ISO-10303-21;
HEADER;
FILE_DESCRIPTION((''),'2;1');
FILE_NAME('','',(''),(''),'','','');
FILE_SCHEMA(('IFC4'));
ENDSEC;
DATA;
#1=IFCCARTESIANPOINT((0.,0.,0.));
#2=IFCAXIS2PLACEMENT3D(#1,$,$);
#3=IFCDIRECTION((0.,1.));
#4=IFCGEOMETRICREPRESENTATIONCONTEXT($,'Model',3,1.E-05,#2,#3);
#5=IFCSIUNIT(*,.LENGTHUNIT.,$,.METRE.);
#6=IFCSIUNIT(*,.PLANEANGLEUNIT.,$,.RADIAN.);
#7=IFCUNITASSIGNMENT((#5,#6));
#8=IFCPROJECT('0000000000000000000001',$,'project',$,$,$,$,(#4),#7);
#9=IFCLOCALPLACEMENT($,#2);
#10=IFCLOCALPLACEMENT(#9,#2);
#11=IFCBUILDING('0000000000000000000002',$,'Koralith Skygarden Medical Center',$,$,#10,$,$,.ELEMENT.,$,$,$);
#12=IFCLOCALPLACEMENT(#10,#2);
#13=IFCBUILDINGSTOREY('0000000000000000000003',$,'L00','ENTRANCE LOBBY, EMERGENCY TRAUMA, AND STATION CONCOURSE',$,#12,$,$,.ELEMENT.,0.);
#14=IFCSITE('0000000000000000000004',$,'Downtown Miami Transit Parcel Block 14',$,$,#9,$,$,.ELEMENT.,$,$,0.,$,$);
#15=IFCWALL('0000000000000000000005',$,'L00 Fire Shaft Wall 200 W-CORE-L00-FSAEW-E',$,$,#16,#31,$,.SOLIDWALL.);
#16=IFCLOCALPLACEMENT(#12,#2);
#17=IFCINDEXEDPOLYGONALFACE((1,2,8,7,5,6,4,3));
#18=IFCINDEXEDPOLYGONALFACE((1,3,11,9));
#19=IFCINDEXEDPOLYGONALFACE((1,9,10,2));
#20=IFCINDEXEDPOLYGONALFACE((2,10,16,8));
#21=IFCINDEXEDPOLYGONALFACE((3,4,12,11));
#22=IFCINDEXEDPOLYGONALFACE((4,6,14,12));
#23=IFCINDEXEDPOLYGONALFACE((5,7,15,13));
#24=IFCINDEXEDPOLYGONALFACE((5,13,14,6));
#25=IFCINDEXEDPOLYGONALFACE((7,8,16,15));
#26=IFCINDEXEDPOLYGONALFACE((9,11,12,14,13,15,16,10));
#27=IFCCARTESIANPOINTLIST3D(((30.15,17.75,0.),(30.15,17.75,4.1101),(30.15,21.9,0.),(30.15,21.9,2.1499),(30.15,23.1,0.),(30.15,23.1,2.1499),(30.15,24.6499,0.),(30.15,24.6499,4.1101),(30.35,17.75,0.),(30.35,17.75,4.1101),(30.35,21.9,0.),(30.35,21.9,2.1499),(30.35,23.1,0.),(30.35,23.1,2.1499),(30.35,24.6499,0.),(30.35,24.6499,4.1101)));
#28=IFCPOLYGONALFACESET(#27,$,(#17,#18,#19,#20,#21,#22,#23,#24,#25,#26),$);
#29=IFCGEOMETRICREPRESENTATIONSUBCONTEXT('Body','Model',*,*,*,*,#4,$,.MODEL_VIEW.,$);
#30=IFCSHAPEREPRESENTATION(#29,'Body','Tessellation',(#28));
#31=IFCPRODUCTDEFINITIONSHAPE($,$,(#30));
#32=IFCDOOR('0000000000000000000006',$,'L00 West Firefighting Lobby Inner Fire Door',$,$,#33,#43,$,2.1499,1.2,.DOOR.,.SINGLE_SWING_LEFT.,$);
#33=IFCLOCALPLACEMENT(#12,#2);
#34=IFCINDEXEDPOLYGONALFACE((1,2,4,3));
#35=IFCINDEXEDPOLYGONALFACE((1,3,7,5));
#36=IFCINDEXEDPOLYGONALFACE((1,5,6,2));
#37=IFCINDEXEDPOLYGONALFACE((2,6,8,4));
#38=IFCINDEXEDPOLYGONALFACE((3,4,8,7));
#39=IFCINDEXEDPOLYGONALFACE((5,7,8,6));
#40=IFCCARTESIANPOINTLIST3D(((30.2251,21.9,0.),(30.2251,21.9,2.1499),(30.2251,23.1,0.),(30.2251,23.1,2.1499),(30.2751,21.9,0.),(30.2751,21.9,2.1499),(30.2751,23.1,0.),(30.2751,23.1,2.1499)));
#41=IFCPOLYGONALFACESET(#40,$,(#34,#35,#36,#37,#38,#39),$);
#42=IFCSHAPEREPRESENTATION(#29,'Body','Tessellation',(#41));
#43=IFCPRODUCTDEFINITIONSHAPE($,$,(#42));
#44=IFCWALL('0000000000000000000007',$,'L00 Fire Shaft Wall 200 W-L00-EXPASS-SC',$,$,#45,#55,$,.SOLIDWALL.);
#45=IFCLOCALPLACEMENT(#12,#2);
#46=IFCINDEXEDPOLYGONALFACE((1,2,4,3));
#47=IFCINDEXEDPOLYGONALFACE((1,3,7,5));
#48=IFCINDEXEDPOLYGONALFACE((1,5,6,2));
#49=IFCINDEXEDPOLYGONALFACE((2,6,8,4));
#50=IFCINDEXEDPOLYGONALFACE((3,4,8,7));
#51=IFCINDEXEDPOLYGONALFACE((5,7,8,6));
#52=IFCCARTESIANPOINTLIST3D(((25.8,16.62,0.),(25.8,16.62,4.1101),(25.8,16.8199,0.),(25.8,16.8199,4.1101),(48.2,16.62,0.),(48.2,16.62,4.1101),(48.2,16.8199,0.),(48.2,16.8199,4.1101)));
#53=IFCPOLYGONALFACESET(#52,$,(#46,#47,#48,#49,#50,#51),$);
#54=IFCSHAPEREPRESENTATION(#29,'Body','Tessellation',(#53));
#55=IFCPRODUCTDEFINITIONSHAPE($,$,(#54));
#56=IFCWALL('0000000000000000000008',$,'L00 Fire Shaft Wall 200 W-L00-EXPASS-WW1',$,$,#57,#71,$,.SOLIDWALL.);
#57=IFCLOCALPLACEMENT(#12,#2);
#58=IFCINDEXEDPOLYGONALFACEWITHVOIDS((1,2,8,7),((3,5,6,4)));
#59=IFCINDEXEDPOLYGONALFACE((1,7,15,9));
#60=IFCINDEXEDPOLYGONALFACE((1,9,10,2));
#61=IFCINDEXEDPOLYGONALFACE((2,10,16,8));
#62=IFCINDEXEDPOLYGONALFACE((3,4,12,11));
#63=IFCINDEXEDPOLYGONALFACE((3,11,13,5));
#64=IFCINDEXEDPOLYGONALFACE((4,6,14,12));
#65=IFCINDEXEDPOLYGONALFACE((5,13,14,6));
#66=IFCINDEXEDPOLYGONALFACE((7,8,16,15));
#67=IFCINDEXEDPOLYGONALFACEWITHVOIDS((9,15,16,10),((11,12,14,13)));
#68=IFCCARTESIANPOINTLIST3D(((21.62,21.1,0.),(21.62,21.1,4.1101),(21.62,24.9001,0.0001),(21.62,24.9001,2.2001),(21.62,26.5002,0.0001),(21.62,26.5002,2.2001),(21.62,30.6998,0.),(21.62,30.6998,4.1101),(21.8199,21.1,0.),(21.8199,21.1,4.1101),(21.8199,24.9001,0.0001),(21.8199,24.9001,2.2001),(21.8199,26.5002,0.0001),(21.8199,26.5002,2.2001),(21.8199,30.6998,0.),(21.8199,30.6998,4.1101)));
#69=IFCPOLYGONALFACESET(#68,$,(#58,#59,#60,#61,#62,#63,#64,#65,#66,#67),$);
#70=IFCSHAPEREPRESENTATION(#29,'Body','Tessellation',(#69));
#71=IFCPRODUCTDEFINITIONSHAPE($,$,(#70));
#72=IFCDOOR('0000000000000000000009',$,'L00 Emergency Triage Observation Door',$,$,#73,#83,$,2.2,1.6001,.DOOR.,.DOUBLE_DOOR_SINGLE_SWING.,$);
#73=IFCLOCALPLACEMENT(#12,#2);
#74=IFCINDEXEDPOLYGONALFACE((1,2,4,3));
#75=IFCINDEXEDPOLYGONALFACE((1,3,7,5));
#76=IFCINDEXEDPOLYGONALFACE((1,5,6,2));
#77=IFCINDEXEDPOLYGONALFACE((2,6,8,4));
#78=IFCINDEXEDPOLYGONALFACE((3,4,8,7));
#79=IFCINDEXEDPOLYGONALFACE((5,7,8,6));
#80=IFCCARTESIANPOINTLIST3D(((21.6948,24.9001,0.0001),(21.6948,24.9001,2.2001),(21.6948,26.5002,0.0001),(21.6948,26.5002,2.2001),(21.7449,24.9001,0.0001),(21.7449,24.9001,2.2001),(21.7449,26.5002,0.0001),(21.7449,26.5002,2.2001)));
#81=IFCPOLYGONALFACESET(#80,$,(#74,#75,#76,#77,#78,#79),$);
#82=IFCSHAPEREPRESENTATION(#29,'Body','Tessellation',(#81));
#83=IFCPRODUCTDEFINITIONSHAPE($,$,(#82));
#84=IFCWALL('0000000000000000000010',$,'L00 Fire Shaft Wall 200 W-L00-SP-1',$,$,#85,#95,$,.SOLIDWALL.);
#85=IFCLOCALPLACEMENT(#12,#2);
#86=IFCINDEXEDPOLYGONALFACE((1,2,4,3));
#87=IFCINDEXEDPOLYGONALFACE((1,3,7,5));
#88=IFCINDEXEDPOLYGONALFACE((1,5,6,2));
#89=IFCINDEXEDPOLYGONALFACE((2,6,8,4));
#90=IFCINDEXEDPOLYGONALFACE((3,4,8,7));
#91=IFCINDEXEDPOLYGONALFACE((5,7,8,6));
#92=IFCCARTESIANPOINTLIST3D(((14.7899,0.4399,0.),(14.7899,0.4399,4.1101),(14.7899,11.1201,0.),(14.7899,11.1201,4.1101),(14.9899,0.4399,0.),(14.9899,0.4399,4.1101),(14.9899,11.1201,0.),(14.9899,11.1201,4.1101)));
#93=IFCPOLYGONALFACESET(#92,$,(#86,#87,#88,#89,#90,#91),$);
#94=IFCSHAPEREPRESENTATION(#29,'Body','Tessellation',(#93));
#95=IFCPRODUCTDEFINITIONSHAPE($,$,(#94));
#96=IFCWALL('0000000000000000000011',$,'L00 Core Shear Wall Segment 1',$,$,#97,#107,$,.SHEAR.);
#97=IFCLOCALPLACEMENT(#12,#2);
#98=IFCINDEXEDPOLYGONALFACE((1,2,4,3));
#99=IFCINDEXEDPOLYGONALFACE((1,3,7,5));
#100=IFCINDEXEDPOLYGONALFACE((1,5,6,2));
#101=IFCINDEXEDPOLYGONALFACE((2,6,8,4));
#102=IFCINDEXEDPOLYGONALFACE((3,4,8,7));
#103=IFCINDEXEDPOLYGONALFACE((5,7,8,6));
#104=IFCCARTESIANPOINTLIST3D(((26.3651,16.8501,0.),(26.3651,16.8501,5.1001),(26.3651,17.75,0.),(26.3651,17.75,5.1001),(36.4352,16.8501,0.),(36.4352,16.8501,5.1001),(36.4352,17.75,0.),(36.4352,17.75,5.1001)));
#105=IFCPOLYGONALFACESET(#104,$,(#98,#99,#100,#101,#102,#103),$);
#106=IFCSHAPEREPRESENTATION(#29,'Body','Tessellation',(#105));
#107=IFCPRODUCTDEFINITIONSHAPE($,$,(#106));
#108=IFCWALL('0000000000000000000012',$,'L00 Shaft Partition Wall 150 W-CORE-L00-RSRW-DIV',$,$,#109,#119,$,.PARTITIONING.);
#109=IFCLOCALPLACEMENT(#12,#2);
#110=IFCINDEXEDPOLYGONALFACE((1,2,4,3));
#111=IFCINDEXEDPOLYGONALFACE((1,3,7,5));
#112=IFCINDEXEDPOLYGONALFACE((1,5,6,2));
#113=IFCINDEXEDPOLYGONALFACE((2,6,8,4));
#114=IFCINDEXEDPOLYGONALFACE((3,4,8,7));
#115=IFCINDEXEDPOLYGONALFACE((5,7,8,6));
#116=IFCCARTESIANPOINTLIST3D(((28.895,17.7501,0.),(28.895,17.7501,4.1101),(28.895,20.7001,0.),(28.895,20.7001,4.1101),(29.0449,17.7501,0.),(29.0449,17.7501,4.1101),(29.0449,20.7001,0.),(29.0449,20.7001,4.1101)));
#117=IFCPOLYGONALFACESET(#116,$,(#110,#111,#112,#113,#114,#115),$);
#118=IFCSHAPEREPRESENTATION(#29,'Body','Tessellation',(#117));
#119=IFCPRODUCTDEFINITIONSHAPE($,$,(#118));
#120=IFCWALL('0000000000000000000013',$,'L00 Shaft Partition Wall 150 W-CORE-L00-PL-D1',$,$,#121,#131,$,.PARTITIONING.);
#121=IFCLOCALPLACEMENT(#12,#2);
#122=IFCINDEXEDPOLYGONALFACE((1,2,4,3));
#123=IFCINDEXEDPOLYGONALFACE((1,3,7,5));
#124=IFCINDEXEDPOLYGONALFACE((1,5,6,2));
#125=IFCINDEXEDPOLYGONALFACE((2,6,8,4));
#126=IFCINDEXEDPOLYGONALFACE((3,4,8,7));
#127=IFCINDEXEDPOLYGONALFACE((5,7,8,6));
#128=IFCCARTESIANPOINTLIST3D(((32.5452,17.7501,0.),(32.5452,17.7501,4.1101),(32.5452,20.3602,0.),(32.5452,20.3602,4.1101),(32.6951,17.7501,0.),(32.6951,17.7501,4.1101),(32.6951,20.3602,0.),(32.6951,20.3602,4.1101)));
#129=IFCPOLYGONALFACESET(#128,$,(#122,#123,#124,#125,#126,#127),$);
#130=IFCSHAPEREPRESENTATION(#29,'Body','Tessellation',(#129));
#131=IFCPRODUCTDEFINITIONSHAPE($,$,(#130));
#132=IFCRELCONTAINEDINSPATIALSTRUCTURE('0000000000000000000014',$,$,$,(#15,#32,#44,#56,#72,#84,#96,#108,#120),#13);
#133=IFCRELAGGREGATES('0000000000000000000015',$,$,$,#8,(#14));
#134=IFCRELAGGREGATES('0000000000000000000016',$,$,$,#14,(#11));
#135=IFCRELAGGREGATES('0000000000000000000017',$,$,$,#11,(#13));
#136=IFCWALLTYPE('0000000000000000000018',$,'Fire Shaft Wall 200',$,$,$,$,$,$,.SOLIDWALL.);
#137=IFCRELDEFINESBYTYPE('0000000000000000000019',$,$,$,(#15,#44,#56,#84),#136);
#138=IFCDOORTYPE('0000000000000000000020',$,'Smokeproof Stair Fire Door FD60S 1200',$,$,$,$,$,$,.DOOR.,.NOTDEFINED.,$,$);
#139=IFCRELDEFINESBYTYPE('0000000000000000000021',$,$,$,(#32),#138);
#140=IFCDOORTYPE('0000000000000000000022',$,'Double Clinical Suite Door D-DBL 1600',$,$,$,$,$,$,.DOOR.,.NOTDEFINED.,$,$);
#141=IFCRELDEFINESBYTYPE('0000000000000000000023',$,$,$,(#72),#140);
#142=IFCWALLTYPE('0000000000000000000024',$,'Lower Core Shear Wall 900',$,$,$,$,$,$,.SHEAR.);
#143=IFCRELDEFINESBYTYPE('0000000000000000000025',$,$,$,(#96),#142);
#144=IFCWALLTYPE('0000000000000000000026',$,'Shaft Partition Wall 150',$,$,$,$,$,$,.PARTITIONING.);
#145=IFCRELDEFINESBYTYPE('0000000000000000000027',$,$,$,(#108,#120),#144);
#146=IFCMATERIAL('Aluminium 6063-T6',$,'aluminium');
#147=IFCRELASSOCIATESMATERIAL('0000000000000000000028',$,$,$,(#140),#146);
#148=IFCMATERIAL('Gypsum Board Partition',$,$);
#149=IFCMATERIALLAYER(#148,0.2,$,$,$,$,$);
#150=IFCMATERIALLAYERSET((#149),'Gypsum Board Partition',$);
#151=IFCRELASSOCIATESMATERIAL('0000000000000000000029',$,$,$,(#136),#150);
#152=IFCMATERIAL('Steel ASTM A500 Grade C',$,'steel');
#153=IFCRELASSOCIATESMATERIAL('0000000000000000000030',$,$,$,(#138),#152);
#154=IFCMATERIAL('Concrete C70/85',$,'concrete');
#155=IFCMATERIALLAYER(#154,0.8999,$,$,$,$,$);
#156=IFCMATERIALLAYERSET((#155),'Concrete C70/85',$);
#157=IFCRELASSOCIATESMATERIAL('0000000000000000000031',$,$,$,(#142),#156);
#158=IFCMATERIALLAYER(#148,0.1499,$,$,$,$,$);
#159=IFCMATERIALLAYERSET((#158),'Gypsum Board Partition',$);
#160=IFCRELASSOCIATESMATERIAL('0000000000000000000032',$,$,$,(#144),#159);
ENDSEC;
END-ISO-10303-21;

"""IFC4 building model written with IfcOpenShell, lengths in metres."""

from ifc_helpers import new_model, si_unit, direction, frame, frame_2d, origin, place, context, subcontext, project, spatial, rectangle, extrude, material, layer, layer_set, type_object, element, fill, save


model = new_model("IFC4")

# Units and contexts
model_context = context("Model", 3, precision=1e-05, world=origin(), true_north=direction((0.0, 1.0)))
body_context = subcontext(model_context, "Body", "Model", "MODEL_VIEW")
ifc_project = project(units=[si_unit("LENGTHUNIT", "METRE"), si_unit("PLANEANGLEUNIT", "RADIAN")], contexts=[model_context])

# Site, building, storey
site_placement = place(None, origin())
site = spatial("IfcSite", under=ifc_project, at=site_placement, Name="Downtown Miami Transit Parcel Block 14", CompositionType="ELEMENT", RefElevation=0.0)
building_placement = place(site_placement, origin())
building = spatial("IfcBuilding", under=site, at=building_placement, Name="Koralith Skygarden Medical Center", CompositionType="ELEMENT")
storey_placement = place(building_placement, origin())
storey = spatial("IfcBuildingStorey", under=building, at=storey_placement, Name="L00", Description="ENTRANCE LOBBY, EMERGENCY TRAUMA, AND STATION CONCOURSE", CompositionType="ELEMENT", Elevation=0.0)

# Shared definitions
ifc_material_1 = material(Name="Concrete C70/85", Category="concrete")

# Shared definitions
ifc_material_2 = material(Name="Gypsum Board Partition")

# Wall, opening, door
ifc_material_3 = material(Name="Aluminium 6063-T6", Category="aluminium")
door_type_1 = type_object("IfcDoorType", Name="Double Clinical Suite Door D-DBL 1600", OperationType="NOTDEFINED", PredefinedType="DOOR", material=ifc_material_3)
ifc_layer_1 = layer(ifc_material_2, 0.2)
ifc_layer_set_1 = layer_set([ifc_layer_1], Name="Gypsum Board Partition")
wall_type_1 = type_object("IfcWallType", Name="Fire Shaft Wall 200", PredefinedType="SOLIDWALL", material=ifc_layer_set_1)
ifc_material_4 = material(Name="Steel ASTM A500 Grade C", Category="steel")
wall_1_placement = place(storey_placement, frame((30.25, 17.75, 0.0), z_axis=(0.0, 0.0, 1.0), x_axis=(0.0, 1.0, 0.0)))
wall_1 = element("IfcWall", 1, at=wall_1_placement, inside=storey, type_object=wall_type_1, Name="L00 Fire Shaft Wall 200 W-CORE-L00-FSAEW-E", PredefinedType="SOLIDWALL", context=body_context, shape_type="SweptSolid", body=[
    extrude(rectangle(XDim=6.8999, YDim=0.2, at=frame_2d((3.45, 0.0))), origin(), (0.0, 0.0, 1.0), 4.1101),
])
opening_1_placement = place(wall_1_placement, frame((4.1499, 0.0, 0.0)))
opening_1 = element("IfcOpeningElement", 2, at=opening_1_placement, cuts=wall_1, PredefinedType="OPENING", context=body_context, shape_type="SweptSolid", body=[
    extrude(rectangle(XDim=1.2, YDim=2.1499, at=frame_2d((0.6001, 1.075))), frame((0.0, 0.1099, 0.0), z_axis=(0.0, -1.0, 0.0), x_axis=(1.0, 0.0, 0.0)), (0.0, 0.0, 1.0), 0.22),
])
door_type_2 = type_object("IfcDoorType", Name="Smokeproof Stair Fire Door FD60S 1200", OperationType="NOTDEFINED", PredefinedType="DOOR", material=ifc_material_4)
door_1_placement = place(opening_1_placement, origin())
door_1 = element("IfcDoor", 3, at=door_1_placement, inside=storey, type_object=door_type_2, Name="L00 West Firefighting Lobby Inner Fire Door", OperationType="SINGLE_SWING_LEFT", OverallHeight=2.1499, OverallWidth=1.2, PredefinedType="DOOR", context=body_context, shape_type="SweptSolid", body=[
    extrude(rectangle(XDim=1.2, YDim=2.1499, at=frame_2d((0.6001, 1.075))), frame((0.0, 0.0249, 0.0), z_axis=(0.0, -1.0, 0.0), x_axis=(1.0, 0.0, 0.0)), (0.0, 0.0, 1.0), 0.05),
])
fill(opening_1, door_1)

# Wall
wall_2_placement = place(storey_placement, frame((25.8, 16.72, 0.0), z_axis=(0.0, 0.0, 1.0), x_axis=(1.0, 0.0, 0.0)))
element("IfcWall", 4, at=wall_2_placement, inside=storey, type_object=wall_type_1, Name="L00 Fire Shaft Wall 200 W-L00-EXPASS-SC", PredefinedType="SOLIDWALL", context=body_context, shape_type="SweptSolid", body=[
    extrude(rectangle(XDim=22.3999, YDim=0.2, at=frame_2d((11.2, 0.0))), origin(), (0.0, 0.0, 1.0), 4.1101),
])

# Wall, opening, door
wall_3_placement = place(storey_placement, frame((21.72, 21.1001, 0.0), z_axis=(0.0, 0.0, 1.0), x_axis=(0.0, 1.0, 0.0)))
wall_3 = element("IfcWall", 5, at=wall_3_placement, inside=storey, type_object=wall_type_1, Name="L00 Fire Shaft Wall 200 W-L00-EXPASS-WW1", PredefinedType="SOLIDWALL", context=body_context, shape_type="SweptSolid", body=[
    extrude(rectangle(XDim=9.5999, YDim=0.2, at=frame_2d((4.7998, 0.0))), origin(), (0.0, 0.0, 1.0), 4.1101),
])
opening_2_placement = place(wall_3_placement, frame((3.8, 0.0, 0.0)))
opening_2 = element("IfcOpeningElement", 6, at=opening_2_placement, cuts=wall_3, PredefinedType="OPENING", context=body_context, shape_type="SweptSolid", body=[
    extrude(rectangle(XDim=1.6001, YDim=2.2, at=frame_2d((0.8, 1.1001))), frame((0.0, 0.1099, 0.0), z_axis=(0.0, -1.0, 0.0), x_axis=(1.0, 0.0, 0.0)), (0.0, 0.0, 1.0), 0.22),
])
door_2_placement = place(opening_2_placement, frame((1.6001, 0.0, 0.0), z_axis=(0.0, 0.0, 1.0), x_axis=(-1.0, 0.0, 0.0)))
door_2 = element("IfcDoor", 7, at=door_2_placement, inside=storey, type_object=door_type_1, Name="L00 Emergency Triage Observation Door", OperationType="DOUBLE_DOOR_SINGLE_SWING", OverallHeight=2.2, OverallWidth=1.6001, PredefinedType="DOOR", context=body_context, shape_type="SweptSolid", body=[
    extrude(rectangle(XDim=1.6001, YDim=2.2, at=frame_2d((0.8, 1.1001))), frame((0.0, 0.0249, 0.0), z_axis=(0.0, -1.0, 0.0), x_axis=(1.0, 0.0, 0.0)), (0.0, 0.0, 1.0), 0.05),
])
fill(opening_2, door_2)

# Walls
wall_4_placement = place(storey_placement, frame((14.8899, 0.4399, 0.0), z_axis=(0.0, 0.0, 1.0), x_axis=(0.0, 1.0, 0.0)))
element("IfcWall", 8, at=wall_4_placement, inside=storey, type_object=wall_type_1, Name="L00 Fire Shaft Wall 200 W-L00-SP-1", PredefinedType="SOLIDWALL", context=body_context, shape_type="SweptSolid", body=[
    extrude(rectangle(XDim=10.6802, YDim=0.2, at=frame_2d((5.3401, 0.0))), origin(), (0.0, 0.0, 1.0), 4.1101),
])
ifc_layer_2 = layer(ifc_material_1, 0.8999)
ifc_layer_set_2 = layer_set([ifc_layer_2], Name="Concrete C70/85")
wall_type_2 = type_object("IfcWallType", Name="Lower Core Shear Wall 900", PredefinedType="SHEAR", material=ifc_layer_set_2)
wall_5_placement = place(storey_placement, frame((26.365, 17.3, 0.0), z_axis=(0.0, 0.0, 1.0), x_axis=(1.0, 0.0, 0.0)))
element("IfcWall", 9, at=wall_5_placement, inside=storey, type_object=wall_type_2, Name="L00 Core Shear Wall Segment 1", PredefinedType="SHEAR", context=body_context, shape_type="SweptSolid", body=[
    extrude(rectangle(XDim=10.0701, YDim=0.8999, at=frame_2d((5.0352, 0.0))), origin(), (0.0, 0.0, 1.0), 5.1001),
])
ifc_layer_3 = layer(ifc_material_2, 0.1499)
ifc_layer_set_3 = layer_set([ifc_layer_3], Name="Gypsum Board Partition")
wall_type_3 = type_object("IfcWallType", Name="Shaft Partition Wall 150", PredefinedType="PARTITIONING", material=ifc_layer_set_3)
wall_6_placement = place(storey_placement, frame((28.97, 17.75, 0.0), z_axis=(0.0, 0.0, 1.0), x_axis=(0.0, 1.0, 0.0)))
element("IfcWall", 10, at=wall_6_placement, inside=storey, type_object=wall_type_3, Name="L00 Shaft Partition Wall 150 W-CORE-L00-RSRW-DIV", PredefinedType="PARTITIONING", context=body_context, shape_type="SweptSolid", body=[
    extrude(rectangle(XDim=2.95, YDim=0.1499, at=frame_2d((1.4751, 0.0))), origin(), (0.0, 0.0, 1.0), 4.1101),
])
wall_7_placement = place(storey_placement, frame((32.6201, 17.75, 0.0), z_axis=(0.0, 0.0, 1.0), x_axis=(0.0, 1.0, 0.0)))
element("IfcWall", 11, at=wall_7_placement, inside=storey, type_object=wall_type_3, Name="L00 Shaft Partition Wall 150 W-CORE-L00-PL-D1", PredefinedType="PARTITIONING", context=body_context, shape_type="SweptSolid", body=[
    extrude(rectangle(XDim=2.6101, YDim=0.1499, at=frame_2d((1.3052, 0.0))), origin(), (0.0, 0.0, 1.0), 4.1101),
])

save(model, "model.ifc")
